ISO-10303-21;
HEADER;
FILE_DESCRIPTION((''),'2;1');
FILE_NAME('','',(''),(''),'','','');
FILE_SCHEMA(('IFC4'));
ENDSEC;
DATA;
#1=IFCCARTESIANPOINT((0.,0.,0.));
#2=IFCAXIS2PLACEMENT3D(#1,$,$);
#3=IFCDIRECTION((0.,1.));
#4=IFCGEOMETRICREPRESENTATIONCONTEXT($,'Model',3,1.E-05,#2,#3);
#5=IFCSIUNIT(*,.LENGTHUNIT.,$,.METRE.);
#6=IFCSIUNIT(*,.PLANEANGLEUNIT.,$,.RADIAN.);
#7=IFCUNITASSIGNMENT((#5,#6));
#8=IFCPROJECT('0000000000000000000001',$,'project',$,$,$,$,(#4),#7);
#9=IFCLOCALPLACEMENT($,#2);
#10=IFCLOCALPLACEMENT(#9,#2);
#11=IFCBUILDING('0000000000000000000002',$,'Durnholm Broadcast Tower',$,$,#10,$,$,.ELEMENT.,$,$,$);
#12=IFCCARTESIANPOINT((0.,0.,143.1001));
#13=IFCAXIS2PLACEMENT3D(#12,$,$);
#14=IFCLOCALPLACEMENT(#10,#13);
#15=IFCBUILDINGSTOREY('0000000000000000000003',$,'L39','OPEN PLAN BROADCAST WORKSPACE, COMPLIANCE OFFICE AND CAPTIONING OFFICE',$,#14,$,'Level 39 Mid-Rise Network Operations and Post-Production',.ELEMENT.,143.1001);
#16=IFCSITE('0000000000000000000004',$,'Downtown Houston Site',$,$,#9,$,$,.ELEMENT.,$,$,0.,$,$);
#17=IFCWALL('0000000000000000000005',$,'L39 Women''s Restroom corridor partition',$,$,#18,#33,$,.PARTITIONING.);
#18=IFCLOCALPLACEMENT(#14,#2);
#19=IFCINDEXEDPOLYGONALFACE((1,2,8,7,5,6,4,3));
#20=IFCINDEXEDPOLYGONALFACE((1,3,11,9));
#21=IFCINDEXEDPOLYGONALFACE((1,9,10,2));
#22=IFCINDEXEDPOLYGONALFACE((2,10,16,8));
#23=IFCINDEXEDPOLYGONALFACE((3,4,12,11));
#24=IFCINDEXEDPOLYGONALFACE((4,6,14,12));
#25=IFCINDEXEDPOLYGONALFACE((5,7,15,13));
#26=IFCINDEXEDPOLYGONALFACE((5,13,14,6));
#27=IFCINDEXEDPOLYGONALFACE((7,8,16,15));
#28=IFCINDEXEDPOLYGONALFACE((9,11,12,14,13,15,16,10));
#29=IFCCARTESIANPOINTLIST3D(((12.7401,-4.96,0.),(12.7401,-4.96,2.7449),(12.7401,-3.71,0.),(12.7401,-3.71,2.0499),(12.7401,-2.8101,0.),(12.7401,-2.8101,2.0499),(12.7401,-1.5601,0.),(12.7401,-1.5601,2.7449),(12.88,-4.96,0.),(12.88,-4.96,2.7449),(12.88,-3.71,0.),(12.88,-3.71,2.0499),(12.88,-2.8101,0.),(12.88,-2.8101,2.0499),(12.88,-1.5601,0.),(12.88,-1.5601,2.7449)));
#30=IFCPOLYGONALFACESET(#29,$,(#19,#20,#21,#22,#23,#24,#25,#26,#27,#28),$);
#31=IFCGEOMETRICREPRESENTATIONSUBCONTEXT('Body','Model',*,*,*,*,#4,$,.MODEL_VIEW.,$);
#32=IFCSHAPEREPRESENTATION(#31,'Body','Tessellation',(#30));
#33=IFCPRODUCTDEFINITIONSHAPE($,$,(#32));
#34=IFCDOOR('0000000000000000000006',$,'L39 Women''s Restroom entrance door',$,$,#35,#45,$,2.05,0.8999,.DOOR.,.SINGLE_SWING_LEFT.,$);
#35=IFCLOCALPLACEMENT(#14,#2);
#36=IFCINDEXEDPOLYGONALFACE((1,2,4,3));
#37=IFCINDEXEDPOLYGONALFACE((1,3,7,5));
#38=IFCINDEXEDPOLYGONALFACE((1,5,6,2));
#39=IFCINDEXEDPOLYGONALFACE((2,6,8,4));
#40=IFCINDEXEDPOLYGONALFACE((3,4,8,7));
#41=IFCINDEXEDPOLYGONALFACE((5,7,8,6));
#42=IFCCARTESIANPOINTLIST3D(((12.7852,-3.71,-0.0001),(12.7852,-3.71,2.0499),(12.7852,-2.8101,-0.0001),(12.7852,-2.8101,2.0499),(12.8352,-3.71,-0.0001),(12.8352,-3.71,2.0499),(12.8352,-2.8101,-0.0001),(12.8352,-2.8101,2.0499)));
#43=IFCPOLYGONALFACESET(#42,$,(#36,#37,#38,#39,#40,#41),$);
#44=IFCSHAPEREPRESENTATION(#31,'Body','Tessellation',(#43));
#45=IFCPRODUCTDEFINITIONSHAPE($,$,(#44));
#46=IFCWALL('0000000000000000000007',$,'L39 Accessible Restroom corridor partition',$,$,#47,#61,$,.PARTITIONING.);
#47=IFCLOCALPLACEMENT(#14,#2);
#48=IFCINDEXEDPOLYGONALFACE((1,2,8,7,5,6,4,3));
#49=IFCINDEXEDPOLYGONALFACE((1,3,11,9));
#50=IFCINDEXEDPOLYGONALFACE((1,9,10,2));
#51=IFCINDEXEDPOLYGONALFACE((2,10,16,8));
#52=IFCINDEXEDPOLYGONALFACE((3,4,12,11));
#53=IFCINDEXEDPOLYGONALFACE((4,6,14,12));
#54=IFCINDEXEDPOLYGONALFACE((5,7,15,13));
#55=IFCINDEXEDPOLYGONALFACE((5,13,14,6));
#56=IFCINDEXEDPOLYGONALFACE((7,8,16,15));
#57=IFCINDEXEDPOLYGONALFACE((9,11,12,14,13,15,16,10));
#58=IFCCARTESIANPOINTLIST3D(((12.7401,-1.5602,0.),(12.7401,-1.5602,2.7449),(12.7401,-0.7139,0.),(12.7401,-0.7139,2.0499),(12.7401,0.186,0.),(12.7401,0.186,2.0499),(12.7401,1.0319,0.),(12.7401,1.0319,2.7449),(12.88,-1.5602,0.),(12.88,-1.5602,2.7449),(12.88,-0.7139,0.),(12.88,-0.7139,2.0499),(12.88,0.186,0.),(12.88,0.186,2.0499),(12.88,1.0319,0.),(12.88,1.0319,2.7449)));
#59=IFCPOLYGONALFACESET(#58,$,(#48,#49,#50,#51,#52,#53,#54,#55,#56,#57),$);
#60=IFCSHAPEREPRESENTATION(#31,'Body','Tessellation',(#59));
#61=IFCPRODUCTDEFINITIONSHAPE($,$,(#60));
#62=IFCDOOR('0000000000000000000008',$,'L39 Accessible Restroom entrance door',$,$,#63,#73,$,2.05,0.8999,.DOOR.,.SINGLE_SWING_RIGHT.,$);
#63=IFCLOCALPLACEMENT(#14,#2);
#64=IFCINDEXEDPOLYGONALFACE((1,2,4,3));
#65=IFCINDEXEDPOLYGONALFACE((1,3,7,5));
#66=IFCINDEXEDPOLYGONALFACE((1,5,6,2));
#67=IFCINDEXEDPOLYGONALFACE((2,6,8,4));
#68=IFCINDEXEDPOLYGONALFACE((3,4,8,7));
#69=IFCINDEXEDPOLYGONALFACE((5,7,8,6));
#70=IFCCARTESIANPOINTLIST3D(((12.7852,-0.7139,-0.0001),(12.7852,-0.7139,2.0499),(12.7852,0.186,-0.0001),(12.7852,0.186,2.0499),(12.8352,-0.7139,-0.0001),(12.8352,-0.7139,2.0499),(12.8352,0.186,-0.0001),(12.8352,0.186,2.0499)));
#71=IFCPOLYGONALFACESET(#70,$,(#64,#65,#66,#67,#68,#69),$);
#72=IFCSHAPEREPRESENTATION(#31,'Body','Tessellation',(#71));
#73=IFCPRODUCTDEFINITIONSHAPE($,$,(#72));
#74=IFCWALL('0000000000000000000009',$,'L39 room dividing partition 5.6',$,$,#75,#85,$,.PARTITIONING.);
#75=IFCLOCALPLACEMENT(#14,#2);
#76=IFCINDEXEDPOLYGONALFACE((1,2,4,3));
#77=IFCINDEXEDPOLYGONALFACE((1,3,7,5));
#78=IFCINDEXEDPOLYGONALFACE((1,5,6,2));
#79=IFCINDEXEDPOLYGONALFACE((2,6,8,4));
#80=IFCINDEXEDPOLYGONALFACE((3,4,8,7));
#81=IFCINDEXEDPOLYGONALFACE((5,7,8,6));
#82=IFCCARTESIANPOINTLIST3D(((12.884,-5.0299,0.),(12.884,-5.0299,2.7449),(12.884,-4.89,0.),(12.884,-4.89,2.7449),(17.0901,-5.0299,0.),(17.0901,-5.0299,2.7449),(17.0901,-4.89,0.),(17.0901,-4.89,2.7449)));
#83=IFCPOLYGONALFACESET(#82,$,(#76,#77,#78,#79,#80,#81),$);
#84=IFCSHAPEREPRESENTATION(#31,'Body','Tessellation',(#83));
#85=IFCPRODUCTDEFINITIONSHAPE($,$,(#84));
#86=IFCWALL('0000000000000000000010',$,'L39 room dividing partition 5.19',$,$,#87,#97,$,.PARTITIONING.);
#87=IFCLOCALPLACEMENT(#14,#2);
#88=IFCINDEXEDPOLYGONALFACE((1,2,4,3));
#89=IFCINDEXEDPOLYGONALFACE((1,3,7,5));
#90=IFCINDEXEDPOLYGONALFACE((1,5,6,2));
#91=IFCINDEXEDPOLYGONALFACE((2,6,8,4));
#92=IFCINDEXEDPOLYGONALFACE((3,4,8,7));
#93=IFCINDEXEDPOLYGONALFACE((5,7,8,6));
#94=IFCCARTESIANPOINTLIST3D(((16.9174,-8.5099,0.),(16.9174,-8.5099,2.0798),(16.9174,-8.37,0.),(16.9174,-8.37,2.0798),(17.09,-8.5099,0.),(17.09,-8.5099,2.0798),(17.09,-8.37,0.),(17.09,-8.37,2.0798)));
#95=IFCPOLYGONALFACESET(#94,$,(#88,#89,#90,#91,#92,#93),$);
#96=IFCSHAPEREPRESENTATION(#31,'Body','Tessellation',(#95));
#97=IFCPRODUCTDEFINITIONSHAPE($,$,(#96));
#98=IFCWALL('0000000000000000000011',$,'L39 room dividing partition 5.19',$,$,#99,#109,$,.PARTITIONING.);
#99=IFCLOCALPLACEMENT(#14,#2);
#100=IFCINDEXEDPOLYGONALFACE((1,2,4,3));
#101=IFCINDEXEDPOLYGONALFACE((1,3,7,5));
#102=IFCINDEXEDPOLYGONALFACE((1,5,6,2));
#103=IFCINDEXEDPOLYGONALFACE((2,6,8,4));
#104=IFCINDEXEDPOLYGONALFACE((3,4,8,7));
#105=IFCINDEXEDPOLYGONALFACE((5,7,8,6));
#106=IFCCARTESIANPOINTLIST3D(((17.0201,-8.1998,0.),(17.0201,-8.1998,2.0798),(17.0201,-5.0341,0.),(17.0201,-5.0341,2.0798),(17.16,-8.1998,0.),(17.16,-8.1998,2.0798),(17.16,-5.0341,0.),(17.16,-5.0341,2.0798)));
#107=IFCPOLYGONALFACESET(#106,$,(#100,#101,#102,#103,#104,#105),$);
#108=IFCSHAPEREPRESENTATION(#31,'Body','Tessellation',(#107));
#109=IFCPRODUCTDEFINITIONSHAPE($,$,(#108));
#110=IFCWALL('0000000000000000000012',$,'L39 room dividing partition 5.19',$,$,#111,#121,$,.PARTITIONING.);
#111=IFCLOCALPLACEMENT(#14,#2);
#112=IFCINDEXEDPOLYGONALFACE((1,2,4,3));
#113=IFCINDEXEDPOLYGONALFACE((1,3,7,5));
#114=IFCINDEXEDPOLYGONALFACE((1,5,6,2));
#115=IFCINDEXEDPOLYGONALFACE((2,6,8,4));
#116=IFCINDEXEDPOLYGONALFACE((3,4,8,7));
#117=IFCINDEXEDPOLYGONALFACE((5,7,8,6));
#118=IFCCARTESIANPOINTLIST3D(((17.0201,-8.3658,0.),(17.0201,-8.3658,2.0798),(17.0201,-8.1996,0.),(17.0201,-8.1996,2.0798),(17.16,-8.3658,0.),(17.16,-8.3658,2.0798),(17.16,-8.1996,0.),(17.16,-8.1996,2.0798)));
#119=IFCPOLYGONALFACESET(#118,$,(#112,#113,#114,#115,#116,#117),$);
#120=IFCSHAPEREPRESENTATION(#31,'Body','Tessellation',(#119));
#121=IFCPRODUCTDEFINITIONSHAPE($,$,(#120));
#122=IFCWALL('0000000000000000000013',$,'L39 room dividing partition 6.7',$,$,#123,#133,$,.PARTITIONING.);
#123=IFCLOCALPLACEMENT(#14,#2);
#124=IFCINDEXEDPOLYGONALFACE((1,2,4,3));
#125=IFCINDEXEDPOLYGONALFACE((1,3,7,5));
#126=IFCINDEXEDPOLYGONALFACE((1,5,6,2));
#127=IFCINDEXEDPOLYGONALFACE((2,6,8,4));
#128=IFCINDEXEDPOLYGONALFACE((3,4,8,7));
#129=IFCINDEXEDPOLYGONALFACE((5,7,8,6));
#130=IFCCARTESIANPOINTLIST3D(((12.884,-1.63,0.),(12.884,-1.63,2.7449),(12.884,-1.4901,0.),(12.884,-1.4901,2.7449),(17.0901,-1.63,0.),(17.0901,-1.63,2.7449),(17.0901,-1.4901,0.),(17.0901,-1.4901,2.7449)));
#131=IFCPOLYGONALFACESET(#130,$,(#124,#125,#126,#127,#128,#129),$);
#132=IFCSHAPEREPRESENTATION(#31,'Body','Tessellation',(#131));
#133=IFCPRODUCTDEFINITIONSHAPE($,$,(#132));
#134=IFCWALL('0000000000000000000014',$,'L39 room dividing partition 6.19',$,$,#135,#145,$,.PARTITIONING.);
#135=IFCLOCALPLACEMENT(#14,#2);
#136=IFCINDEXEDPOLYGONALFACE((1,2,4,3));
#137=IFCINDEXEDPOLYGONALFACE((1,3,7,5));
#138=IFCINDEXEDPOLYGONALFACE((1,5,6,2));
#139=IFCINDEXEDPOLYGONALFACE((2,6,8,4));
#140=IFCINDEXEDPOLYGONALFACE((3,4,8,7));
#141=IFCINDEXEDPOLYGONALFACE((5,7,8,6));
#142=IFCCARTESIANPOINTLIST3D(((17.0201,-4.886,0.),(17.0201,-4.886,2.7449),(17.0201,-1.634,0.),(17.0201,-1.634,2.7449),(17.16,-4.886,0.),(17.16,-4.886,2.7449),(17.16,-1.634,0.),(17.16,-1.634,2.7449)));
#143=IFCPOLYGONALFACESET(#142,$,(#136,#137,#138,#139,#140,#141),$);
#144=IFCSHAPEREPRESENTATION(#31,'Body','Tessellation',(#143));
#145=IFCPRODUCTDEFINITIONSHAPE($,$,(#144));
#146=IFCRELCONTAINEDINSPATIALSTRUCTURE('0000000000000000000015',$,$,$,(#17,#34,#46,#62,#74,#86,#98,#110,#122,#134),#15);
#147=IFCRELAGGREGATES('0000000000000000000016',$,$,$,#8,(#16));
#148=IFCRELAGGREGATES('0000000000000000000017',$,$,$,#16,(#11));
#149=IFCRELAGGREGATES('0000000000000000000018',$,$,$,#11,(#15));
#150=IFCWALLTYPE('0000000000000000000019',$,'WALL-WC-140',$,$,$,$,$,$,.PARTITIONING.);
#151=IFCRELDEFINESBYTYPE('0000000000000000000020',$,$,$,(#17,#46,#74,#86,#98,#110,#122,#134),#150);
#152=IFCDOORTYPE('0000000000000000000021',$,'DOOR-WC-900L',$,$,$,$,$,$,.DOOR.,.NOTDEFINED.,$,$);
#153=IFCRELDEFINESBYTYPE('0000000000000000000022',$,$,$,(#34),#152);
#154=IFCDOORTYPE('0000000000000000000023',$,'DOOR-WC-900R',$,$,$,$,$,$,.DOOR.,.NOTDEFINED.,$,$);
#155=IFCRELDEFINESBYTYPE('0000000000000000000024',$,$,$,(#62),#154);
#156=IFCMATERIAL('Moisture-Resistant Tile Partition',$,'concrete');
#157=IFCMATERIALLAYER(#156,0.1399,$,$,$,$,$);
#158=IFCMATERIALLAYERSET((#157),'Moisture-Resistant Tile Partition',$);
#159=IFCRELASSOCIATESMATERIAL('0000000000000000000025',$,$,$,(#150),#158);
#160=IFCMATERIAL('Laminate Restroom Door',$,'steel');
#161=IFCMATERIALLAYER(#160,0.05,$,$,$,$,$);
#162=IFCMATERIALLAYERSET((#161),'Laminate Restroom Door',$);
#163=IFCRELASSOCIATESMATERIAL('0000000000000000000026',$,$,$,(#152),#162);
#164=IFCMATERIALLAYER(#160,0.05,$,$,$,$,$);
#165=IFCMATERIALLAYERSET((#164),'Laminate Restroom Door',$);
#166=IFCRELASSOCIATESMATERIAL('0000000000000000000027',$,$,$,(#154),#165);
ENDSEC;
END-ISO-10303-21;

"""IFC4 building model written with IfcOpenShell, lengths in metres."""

from ifc_helpers import new_model, si_unit, direction, frame, frame_2d, origin, place, context, subcontext, project, spatial, rectangle, extrude, source, transform, mapped, material, layer, layer_set, type_object, type_shapes, element, fill, save


model = new_model("IFC4")

# Units and contexts
model_context = context("Model", 3, precision=1e-05, world=origin(), true_north=direction((0.0, 1.0)))
body_context = subcontext(model_context, "Body", "Model", "MODEL_VIEW")
ifc_project = project(units=[si_unit("LENGTHUNIT", "METRE"), si_unit("PLANEANGLEUNIT", "RADIAN")], contexts=[model_context])

# Site, building, storey
site_placement = place(None, origin())
site = spatial("IfcSite", under=ifc_project, at=site_placement, Name="Downtown Houston Site", CompositionType="ELEMENT", RefElevation=0.0)
building_placement = place(site_placement, origin())
building = spatial("IfcBuilding", under=site, at=building_placement, Name="Durnholm Broadcast Tower", CompositionType="ELEMENT")
storey_placement = place(building_placement, frame((0.0, 0.0, 143.1001)))
storey = spatial("IfcBuildingStorey", under=building, at=storey_placement, Name="L39", Description="OPEN PLAN BROADCAST WORKSPACE, COMPLIANCE OFFICE AND CAPTIONING OFFICE", LongName="Level 39 Mid-Rise Network Operations and Post-Production", CompositionType="ELEMENT", Elevation=143.1001)

# Walls, openings, doors
ifc_material_1 = material(Name="Moisture-Resistant Tile Partition", Category="concrete")
ifc_layer_1 = layer(ifc_material_1, 0.1399)
ifc_layer_set_1 = layer_set([ifc_layer_1], Name="Moisture-Resistant Tile Partition")
wall_type = type_object("IfcWallType", Name="WALL-WC-140", PredefinedType="PARTITIONING", material=ifc_layer_set_1)
wall_1_placement = place(storey_placement, frame((12.8101, -4.96, 0.0), z_axis=(0.0, 0.0, 1.0), x_axis=(0.0, 1.0, 0.0)))
wall_1 = element("IfcWall", 1, at=wall_1_placement, inside=storey, type_object=wall_type, Name="L39 Women's Restroom corridor partition", PredefinedType="PARTITIONING", context=body_context, shape_type="SweptSolid", body=[
    extrude(rectangle(XDim=3.3999, YDim=0.1399, at=frame_2d((1.7, 0.0))), origin(), (0.0, 0.0, 1.0), 2.7449),
])
opening_1_placement = place(wall_1_placement, frame((1.25, 0.0, 0.0)))
opening_1 = element("IfcOpeningElement", 2, at=opening_1_placement, cuts=wall_1, PredefinedType="OPENING", context=body_context, shape_type="SweptSolid", body=[
    extrude(rectangle(XDim=0.8999, YDim=2.05, at=frame_2d((0.45, 1.0249))), frame((0.0, 0.0801, 0.0), z_axis=(0.0, -1.0, 0.0), x_axis=(1.0, 0.0, 0.0)), (0.0, 0.0, 1.0), 0.1599),
])
ifc_material_2 = material(Name="Laminate Restroom Door", Category="steel")
ifc_layer_2 = layer(ifc_material_2, 0.05)
ifc_layer_set_2 = layer_set([ifc_layer_2], Name="Laminate Restroom Door")
door_type_1 = type_object("IfcDoorType", Name="DOOR-WC-900L", OperationType="NOTDEFINED", PredefinedType="DOOR", material=ifc_layer_set_2)
shared_shape_1 = source(origin(), body_context, "Body", "SweptSolid", [
    extrude(rectangle(XDim=0.8999, YDim=2.05, at=frame_2d((0.45, 1.0249))), frame((0.0, 0.0249, 0.0), z_axis=(0.0, -1.0, 0.0), x_axis=(1.0, 0.0, 0.0)), (0.0, 0.0, 1.0), 0.05),
])
type_shapes(door_type_1, [shared_shape_1])
door_1_placement = place(opening_1_placement, origin())
door_1 = element("IfcDoor", 3, at=door_1_placement, inside=storey, type_object=door_type_1, Name="L39 Women's Restroom entrance door", OperationType="SINGLE_SWING_LEFT", OverallHeight=2.05, OverallWidth=0.8999, PredefinedType="DOOR", context=body_context, shape_type="MappedRepresentation", body=[
    mapped(shared_shape_1, transform((0.0, 0.0, 0.0), x_axis=(1.0, 0.0, 0.0), y_axis=(0.0, 1.0, 0.0), z_axis=(0.0, 0.0, 1.0), scale=1.0)),
])
fill(opening_1, door_1)
wall_2_placement = place(storey_placement, frame((12.8101, -1.5601, 0.0), z_axis=(0.0, 0.0, 1.0), x_axis=(0.0, 1.0, 0.0)))
wall_2 = element("IfcWall", 4, at=wall_2_placement, inside=storey, type_object=wall_type, Name="L39 Accessible Restroom corridor partition", PredefinedType="PARTITIONING", context=body_context, shape_type="SweptSolid", body=[
    extrude(rectangle(XDim=2.592, YDim=0.1399, at=frame_2d((1.2959, 0.0))), origin(), (0.0, 0.0, 1.0), 2.7449),
])
opening_2_placement = place(wall_2_placement, frame((0.8462, 0.0, 0.0)))
opening_2 = element("IfcOpeningElement", 5, at=opening_2_placement, cuts=wall_2, PredefinedType="OPENING", context=body_context, shape_type="SweptSolid", body=[
    extrude(rectangle(XDim=0.8999, YDim=2.05, at=frame_2d((0.45, 1.0249))), frame((0.0, 0.0801, 0.0), z_axis=(0.0, -1.0, 0.0), x_axis=(1.0, 0.0, 0.0)), (0.0, 0.0, 1.0), 0.1599),
])
ifc_layer_3 = layer(ifc_material_2, 0.05)
ifc_layer_set_3 = layer_set([ifc_layer_3], Name="Laminate Restroom Door")
door_type_2 = type_object("IfcDoorType", Name="DOOR-WC-900R", OperationType="NOTDEFINED", PredefinedType="DOOR", material=ifc_layer_set_3)
shared_shape_2 = source(origin(), body_context, "Body", "SweptSolid", [
    extrude(rectangle(XDim=0.8999, YDim=2.05, at=frame_2d((0.45, 1.0249))), frame((0.0, 0.0249, 0.0), z_axis=(0.0, -1.0, 0.0), x_axis=(1.0, 0.0, 0.0)), (0.0, 0.0, 1.0), 0.05),
])
type_shapes(door_type_2, [shared_shape_2])
door_2_placement = place(opening_2_placement, origin())
door_2 = element("IfcDoor", 6, at=door_2_placement, inside=storey, type_object=door_type_2, Name="L39 Accessible Restroom entrance door", OperationType="SINGLE_SWING_RIGHT", OverallHeight=2.05, OverallWidth=0.8999, PredefinedType="DOOR", context=body_context, shape_type="MappedRepresentation", body=[
    mapped(shared_shape_2, transform((0.0, 0.0, 0.0), x_axis=(1.0, 0.0, 0.0), y_axis=(0.0, 1.0, 0.0), z_axis=(0.0, 0.0, 1.0), scale=1.0)),
])
fill(opening_2, door_2)

# Walls
wall_3_placement = place(storey_placement, frame((12.884, -4.96, 0.0), z_axis=(0.0, 0.0, 1.0), x_axis=(1.0, 0.0, 0.0)))
element("IfcWall", 7, at=wall_3_placement, inside=storey, type_object=wall_type, Name="L39 room dividing partition 5.6", PredefinedType="PARTITIONING", context=body_context, shape_type="SweptSolid", body=[
    extrude(rectangle(XDim=4.2061, YDim=0.1399, at=frame_2d((2.103, 0.0))), origin(), (0.0, 0.0, 1.0), 2.7449),
])
wall_4_placement = place(storey_placement, frame((17.0901, -8.4399, 0.0), z_axis=(0.0, 0.0, 1.0), x_axis=(-1.0, 0.0, 0.0)))
element("IfcWall", 8, at=wall_4_placement, inside=storey, type_object=wall_type, Name="L39 room dividing partition 5.19", PredefinedType="PARTITIONING", context=body_context, shape_type="SweptSolid", body=[
    extrude(rectangle(XDim=0.1726, YDim=0.1399, at=frame_2d((0.0864, 0.0))), origin(), (0.0, 0.0, 1.0), 2.0798),
])
wall_5_placement = place(storey_placement, frame((17.0901, -5.0339, 0.0), z_axis=(0.0, 0.0, 1.0), x_axis=(0.0, -1.0, 0.0)))
element("IfcWall", 9, at=wall_5_placement, inside=storey, type_object=wall_type, Name="L39 room dividing partition 5.19", PredefinedType="PARTITIONING", context=body_context, shape_type="SweptSolid", body=[
    extrude(rectangle(XDim=3.1658, YDim=0.1399, at=frame_2d((1.583, 0.0))), origin(), (0.0, 0.0, 1.0), 2.0798),
])
wall_6_placement = place(storey_placement, frame((17.0901, -8.1997, 0.0), z_axis=(0.0, 0.0, 1.0), x_axis=(0.0, -1.0, 0.0)))
element("IfcWall", 10, at=wall_6_placement, inside=storey, type_object=wall_type, Name="L39 room dividing partition 5.19", PredefinedType="PARTITIONING", context=body_context, shape_type="SweptSolid", body=[
    extrude(rectangle(XDim=0.1663, YDim=0.1399, at=frame_2d((0.083, 0.0))), origin(), (0.0, 0.0, 1.0), 2.0798),
])
wall_7_placement = place(storey_placement, frame((12.884, -1.5601, 0.0), z_axis=(0.0, 0.0, 1.0), x_axis=(1.0, 0.0, 0.0)))
element("IfcWall", 11, at=wall_7_placement, inside=storey, type_object=wall_type, Name="L39 room dividing partition 6.7", PredefinedType="PARTITIONING", context=body_context, shape_type="SweptSolid", body=[
    extrude(rectangle(XDim=4.2061, YDim=0.1399, at=frame_2d((2.103, 0.0))), origin(), (0.0, 0.0, 1.0), 2.7449),
])
wall_8_placement = place(storey_placement, frame((17.0901, -1.634, 0.0), z_axis=(0.0, 0.0, 1.0), x_axis=(0.0, -1.0, 0.0)))
element("IfcWall", 12, at=wall_8_placement, inside=storey, type_object=wall_type, Name="L39 room dividing partition 6.19", PredefinedType="PARTITIONING", context=body_context, shape_type="SweptSolid", body=[
    extrude(rectangle(XDim=3.252, YDim=0.1399, at=frame_2d((1.626, 0.0))), origin(), (0.0, 0.0, 1.0), 2.7449),
])

save(model, "model.ifc")
